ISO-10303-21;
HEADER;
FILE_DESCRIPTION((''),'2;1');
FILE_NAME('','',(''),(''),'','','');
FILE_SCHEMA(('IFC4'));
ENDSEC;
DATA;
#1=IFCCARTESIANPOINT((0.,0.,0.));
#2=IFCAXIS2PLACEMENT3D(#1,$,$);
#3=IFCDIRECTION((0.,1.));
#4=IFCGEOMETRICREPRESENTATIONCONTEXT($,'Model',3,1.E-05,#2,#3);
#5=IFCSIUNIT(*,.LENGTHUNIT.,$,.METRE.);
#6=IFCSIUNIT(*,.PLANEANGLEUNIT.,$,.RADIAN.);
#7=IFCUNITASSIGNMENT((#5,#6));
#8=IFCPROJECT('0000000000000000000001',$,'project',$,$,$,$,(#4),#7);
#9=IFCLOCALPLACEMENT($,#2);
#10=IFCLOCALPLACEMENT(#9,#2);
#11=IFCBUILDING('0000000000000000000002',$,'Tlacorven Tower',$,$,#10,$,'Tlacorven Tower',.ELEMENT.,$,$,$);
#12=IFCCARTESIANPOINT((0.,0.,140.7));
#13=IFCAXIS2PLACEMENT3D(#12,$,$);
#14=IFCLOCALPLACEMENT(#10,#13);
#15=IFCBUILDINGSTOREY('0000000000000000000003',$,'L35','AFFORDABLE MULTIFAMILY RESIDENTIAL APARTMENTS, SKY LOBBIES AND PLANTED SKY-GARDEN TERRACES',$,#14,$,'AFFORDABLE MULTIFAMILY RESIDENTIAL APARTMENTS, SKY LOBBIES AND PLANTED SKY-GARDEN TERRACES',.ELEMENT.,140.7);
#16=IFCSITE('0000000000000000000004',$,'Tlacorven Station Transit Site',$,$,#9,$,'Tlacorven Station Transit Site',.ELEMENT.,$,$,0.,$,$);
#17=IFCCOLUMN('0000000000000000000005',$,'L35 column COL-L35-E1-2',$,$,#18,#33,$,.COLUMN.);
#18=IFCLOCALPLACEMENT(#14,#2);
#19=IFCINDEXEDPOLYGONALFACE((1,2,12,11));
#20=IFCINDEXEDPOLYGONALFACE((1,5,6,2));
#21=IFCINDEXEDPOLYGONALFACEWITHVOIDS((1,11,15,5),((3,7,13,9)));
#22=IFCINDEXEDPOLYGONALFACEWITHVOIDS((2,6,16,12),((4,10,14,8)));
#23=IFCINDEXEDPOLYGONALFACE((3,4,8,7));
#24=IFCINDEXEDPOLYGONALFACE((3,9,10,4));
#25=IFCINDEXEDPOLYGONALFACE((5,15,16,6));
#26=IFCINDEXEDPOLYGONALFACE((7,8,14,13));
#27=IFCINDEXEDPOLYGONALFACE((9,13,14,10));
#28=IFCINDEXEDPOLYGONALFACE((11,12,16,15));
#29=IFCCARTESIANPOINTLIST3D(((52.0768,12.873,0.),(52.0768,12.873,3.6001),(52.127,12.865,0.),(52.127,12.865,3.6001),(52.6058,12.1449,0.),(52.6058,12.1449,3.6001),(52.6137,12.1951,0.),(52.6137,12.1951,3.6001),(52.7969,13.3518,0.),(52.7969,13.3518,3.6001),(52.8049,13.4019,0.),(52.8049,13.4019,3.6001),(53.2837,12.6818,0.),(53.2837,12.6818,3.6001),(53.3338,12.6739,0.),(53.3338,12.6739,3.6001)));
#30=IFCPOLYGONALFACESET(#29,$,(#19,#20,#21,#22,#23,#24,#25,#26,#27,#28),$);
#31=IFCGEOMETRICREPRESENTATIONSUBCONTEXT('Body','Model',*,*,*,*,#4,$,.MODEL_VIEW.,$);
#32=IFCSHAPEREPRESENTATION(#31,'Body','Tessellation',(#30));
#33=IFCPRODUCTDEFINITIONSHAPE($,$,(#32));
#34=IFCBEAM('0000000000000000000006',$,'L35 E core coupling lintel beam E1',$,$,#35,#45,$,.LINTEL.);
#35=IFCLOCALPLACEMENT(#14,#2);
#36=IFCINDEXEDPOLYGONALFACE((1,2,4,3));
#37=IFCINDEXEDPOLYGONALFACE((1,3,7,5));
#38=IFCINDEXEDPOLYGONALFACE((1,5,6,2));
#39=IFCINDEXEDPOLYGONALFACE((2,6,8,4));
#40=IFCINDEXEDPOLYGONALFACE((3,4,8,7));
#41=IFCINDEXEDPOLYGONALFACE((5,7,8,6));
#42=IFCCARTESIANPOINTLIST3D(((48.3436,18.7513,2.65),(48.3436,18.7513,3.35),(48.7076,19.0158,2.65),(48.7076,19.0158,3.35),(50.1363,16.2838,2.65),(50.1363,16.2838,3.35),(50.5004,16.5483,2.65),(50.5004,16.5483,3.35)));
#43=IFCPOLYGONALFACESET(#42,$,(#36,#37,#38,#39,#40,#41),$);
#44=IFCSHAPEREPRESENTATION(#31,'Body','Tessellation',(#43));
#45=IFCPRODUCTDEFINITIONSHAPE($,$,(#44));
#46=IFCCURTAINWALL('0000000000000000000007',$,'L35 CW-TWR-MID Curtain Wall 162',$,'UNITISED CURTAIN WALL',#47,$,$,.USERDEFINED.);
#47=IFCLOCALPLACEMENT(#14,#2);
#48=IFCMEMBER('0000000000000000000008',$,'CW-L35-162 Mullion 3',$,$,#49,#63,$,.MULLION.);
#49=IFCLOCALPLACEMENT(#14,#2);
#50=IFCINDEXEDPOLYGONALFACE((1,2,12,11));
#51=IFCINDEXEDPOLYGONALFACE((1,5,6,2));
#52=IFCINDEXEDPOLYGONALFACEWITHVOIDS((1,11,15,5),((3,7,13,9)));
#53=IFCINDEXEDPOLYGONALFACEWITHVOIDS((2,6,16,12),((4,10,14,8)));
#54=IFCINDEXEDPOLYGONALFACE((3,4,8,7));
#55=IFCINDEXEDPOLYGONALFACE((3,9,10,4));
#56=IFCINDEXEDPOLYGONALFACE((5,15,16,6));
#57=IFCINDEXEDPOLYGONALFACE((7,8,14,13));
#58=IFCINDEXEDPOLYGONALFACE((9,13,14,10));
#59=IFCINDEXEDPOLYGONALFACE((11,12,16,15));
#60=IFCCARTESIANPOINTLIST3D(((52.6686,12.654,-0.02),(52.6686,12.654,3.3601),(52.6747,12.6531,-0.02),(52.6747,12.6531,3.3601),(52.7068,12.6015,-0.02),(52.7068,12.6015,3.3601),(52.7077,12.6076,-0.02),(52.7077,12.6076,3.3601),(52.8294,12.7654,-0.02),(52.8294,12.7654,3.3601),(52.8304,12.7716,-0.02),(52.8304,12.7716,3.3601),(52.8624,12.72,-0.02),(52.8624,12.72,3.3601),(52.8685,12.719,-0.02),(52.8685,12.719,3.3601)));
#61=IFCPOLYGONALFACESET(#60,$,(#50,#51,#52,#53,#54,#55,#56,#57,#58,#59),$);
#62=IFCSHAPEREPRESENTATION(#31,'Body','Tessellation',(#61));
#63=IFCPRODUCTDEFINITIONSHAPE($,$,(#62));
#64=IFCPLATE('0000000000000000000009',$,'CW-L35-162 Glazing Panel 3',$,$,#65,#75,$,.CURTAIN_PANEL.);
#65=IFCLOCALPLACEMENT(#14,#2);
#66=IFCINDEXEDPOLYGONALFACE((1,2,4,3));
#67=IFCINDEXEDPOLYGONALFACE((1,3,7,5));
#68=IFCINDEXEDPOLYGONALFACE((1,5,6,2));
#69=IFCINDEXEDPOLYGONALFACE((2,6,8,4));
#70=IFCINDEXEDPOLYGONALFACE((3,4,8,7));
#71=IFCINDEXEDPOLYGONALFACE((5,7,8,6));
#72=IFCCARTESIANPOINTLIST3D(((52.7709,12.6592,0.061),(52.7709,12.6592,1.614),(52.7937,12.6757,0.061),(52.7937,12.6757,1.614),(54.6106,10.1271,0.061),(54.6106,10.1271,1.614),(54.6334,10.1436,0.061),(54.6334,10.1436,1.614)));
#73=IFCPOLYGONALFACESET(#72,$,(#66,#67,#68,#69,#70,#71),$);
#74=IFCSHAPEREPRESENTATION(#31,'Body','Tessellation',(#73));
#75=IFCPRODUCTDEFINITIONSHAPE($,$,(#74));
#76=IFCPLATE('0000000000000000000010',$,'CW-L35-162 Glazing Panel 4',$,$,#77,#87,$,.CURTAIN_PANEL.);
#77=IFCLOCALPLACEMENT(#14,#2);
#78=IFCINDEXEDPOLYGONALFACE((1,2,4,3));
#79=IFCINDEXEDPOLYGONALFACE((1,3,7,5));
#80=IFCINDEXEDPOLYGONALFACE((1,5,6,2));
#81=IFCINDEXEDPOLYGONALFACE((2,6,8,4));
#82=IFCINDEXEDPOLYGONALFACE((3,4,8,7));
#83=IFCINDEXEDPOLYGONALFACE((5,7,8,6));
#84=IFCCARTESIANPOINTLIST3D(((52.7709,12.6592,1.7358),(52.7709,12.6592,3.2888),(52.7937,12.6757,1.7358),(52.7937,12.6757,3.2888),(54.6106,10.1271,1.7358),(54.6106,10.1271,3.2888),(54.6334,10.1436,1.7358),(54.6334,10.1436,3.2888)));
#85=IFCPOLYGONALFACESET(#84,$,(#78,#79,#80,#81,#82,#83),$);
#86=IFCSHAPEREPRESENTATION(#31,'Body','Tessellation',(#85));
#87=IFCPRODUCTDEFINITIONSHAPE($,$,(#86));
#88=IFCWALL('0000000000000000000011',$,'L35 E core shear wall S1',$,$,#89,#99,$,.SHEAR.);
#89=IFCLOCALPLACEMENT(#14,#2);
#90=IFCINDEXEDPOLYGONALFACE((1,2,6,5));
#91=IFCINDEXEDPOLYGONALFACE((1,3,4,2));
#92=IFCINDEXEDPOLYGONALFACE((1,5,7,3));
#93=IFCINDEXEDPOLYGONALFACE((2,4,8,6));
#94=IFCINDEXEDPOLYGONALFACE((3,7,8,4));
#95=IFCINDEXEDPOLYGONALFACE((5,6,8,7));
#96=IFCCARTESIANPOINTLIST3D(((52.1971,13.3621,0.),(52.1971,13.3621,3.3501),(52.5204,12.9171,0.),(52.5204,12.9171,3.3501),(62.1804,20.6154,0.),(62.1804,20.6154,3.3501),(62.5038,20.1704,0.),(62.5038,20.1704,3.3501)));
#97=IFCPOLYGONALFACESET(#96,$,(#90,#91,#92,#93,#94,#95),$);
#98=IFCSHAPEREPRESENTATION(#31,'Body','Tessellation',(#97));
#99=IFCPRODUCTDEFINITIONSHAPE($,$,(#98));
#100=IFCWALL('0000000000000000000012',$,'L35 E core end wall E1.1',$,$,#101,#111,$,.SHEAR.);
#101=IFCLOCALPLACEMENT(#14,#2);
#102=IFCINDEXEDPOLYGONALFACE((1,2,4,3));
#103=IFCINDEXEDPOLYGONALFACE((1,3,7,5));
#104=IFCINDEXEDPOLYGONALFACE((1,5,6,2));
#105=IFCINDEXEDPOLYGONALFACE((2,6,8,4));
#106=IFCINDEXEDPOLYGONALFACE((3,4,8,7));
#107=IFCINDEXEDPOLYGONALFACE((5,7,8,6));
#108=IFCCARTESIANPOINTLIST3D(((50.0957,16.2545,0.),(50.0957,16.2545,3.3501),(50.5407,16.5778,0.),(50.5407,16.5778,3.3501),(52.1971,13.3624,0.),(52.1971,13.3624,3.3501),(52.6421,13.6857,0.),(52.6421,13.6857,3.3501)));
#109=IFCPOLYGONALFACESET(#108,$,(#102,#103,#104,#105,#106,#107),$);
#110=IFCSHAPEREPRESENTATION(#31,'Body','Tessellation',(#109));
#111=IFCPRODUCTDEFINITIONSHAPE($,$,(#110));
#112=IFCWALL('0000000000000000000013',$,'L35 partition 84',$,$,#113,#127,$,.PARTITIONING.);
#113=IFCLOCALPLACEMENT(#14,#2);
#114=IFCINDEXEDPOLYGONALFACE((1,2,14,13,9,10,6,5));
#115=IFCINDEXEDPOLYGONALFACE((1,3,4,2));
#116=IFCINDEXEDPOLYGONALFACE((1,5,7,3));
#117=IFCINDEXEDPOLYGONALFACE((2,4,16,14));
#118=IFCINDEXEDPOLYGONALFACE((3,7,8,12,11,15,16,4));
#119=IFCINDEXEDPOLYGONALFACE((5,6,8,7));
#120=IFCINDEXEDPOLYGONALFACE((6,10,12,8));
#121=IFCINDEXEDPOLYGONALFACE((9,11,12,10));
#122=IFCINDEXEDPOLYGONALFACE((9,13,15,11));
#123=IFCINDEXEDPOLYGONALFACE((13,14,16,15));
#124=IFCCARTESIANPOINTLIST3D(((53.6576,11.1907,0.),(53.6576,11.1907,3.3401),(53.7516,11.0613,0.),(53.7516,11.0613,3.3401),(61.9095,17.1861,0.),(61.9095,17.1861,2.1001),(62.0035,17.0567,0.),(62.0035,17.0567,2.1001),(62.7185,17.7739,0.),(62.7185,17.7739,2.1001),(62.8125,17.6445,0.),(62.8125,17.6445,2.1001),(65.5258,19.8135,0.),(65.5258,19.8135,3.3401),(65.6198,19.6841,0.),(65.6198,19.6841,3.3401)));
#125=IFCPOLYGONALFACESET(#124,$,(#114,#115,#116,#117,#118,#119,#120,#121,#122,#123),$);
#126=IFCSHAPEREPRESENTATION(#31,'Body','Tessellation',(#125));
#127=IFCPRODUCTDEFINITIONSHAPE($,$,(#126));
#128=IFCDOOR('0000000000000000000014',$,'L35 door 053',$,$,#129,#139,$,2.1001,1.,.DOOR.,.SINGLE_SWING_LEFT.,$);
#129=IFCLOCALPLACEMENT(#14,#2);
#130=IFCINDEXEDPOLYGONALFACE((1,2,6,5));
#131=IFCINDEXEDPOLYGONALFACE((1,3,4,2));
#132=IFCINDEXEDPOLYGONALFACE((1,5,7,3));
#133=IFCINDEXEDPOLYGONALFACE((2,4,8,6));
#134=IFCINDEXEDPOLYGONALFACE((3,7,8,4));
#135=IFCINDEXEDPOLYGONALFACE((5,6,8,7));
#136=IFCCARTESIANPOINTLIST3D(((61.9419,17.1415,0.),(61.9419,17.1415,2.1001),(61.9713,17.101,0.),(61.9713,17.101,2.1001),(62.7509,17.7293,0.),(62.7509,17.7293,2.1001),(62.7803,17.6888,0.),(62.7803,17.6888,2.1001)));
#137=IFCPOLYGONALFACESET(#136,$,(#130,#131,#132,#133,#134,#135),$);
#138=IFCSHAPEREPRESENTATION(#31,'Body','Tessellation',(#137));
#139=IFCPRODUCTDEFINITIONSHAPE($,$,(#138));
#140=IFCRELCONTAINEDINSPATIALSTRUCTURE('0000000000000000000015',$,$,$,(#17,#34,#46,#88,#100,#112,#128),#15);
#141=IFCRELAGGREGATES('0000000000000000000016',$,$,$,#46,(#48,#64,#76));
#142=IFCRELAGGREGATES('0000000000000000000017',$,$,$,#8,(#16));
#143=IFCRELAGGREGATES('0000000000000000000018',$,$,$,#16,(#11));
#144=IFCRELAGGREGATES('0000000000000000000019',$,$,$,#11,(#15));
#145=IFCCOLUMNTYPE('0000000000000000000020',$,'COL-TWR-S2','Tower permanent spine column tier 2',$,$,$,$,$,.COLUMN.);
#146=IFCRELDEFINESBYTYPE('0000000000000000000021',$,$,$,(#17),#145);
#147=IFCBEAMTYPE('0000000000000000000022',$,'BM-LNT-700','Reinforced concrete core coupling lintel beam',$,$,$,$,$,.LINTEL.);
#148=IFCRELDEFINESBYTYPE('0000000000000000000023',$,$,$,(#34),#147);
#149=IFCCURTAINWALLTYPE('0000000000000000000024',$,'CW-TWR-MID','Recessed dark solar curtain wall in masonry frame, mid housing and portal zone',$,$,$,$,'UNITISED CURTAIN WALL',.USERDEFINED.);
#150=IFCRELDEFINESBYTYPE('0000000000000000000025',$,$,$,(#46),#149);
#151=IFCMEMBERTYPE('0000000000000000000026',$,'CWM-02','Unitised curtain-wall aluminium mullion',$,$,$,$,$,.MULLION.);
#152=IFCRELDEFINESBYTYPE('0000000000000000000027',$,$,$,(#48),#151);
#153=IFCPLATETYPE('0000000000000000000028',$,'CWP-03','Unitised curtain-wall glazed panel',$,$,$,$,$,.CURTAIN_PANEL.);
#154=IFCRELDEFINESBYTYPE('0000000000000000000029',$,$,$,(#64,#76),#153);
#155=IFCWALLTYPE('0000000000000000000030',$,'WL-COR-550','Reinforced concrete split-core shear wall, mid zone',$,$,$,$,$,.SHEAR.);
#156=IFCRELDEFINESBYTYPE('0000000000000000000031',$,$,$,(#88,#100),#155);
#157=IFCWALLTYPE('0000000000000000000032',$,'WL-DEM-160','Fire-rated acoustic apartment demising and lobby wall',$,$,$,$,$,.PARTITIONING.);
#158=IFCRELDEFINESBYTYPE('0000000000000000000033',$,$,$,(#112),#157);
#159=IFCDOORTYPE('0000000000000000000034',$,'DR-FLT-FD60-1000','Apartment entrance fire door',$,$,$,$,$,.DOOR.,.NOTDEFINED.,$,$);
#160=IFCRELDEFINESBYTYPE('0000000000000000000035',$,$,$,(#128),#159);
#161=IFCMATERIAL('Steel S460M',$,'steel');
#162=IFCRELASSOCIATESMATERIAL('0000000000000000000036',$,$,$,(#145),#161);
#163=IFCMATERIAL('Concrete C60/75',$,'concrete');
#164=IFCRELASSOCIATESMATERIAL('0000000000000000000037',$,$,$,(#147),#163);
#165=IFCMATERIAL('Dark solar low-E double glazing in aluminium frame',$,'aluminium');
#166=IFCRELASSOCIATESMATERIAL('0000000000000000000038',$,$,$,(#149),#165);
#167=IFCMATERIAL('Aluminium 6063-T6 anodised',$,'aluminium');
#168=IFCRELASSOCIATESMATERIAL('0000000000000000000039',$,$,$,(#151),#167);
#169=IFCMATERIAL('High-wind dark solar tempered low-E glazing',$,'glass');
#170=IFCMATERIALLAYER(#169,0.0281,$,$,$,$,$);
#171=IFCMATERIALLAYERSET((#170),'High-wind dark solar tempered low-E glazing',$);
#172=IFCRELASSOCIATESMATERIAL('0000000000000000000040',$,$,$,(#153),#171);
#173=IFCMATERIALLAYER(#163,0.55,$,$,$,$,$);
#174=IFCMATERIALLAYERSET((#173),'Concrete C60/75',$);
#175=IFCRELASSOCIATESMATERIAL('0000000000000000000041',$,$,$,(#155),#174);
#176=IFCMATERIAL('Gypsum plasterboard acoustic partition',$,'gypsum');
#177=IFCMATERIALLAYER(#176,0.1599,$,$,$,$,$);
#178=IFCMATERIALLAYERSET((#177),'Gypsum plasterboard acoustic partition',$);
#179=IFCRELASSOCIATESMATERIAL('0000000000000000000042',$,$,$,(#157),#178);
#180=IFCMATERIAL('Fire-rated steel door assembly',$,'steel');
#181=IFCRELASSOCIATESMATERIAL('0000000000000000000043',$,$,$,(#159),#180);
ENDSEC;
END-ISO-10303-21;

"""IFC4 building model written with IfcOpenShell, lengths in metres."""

from ifc_helpers import new_model, si_unit, direction, frame, frame_2d, origin, origin_2d, place, context, subcontext, project, spatial, rectangle, hollow_rectangle, extrude, source, transform, mapped, material, layer, layer_set, material_profile, profile_set, type_object, element, fill, aggregate, save


model = new_model("IFC4")

# Units and contexts
model_context = context("Model", 3, precision=1e-05, world=origin(), true_north=direction((0.0, 1.0)))
body_context = subcontext(model_context, "Body", "Model", "MODEL_VIEW")
ifc_project = project(units=[si_unit("LENGTHUNIT", "METRE"), si_unit("PLANEANGLEUNIT", "RADIAN")], contexts=[model_context])

# Site, building, storey
site_placement = place(None, origin())
site = spatial("IfcSite", under=ifc_project, at=site_placement, Name="Tlacorven Station Transit Site", LongName="Tlacorven Station Transit Site", CompositionType="ELEMENT", RefElevation=0.0)
building_placement = place(site_placement, origin())
building = spatial("IfcBuilding", under=site, at=building_placement, Name="Tlacorven Tower", LongName="Tlacorven Tower", CompositionType="ELEMENT")
storey_placement = place(building_placement, frame((0.0, 0.0, 140.7)))
storey = spatial("IfcBuildingStorey", under=building, at=storey_placement, Name="L35", Description="AFFORDABLE MULTIFAMILY RESIDENTIAL APARTMENTS, SKY LOBBIES AND PLANTED SKY-GARDEN TERRACES", LongName="AFFORDABLE MULTIFAMILY RESIDENTIAL APARTMENTS, SKY LOBBIES AND PLANTED SKY-GARDEN TERRACES", CompositionType="ELEMENT", Elevation=140.7)

# Column
ifc_material_1 = material(Name="Steel S460M", Category="steel")
ifc_material_profile_1 = material_profile(ifc_material_1, hollow_rectangle(XDim=0.8999, YDim=0.8999, WallThickness=0.0359, at=origin_2d()), Name="BOX 900X900X36")
ifc_profile_set_1 = profile_set([ifc_material_profile_1], Name="Steel S460M")
column_type = type_object("IfcColumnType", Name="COL-TWR-S2", Description="Tower permanent spine column tier 2", PredefinedType="COLUMN", material=ifc_profile_set_1)
shared_shape_1 = source(origin(), body_context, "Body", "SweptSolid", [
    extrude(hollow_rectangle(XDim=0.8999, YDim=0.8999, WallThickness=0.0359, at=origin_2d()), origin(), (0.0, 0.0, 1.0), 3.6001),
])
column_placement = place(storey_placement, frame((52.7053, 12.7734, 0.0), z_axis=(0.0, 0.0, 1.0), x_axis=(0.809017, 0.587785, 0.0)))
element("IfcColumn", 1, at=column_placement, inside=storey, type_object=column_type, Name="L35 column COL-L35-E1-2", PredefinedType="COLUMN", context=body_context, shape_type="MappedRepresentation", body=[
    mapped(shared_shape_1, transform((0.0, 0.0, 0.0), scale=1.0)),
])

# Beam
ifc_material_2 = material(Name="Concrete C60/75", Category="concrete")
ifc_material_profile_2 = material_profile(ifc_material_2, rectangle(XDim=0.45, YDim=0.7, at=origin_2d()), Name="RC 450X700")
ifc_profile_set_2 = profile_set([ifc_material_profile_2], Name="Concrete C60/75")
beam_type = type_object("IfcBeamType", Name="BM-LNT-700", Description="Reinforced concrete core coupling lintel beam", PredefinedType="LINTEL", material=ifc_profile_set_2)
shared_shape_2 = source(origin(), body_context, "Body", "SweptSolid", [
    extrude(rectangle(XDim=0.45, YDim=0.7, at=origin_2d()), origin(), (0.0, 0.0, 1.0), 3.05),
])
beam_placement = place(storey_placement, frame((50.3184, 16.416, 3.0), z_axis=(-0.587777, 0.809023, 0.0), x_axis=(-0.809023, -0.587777, 0.0)))
element("IfcBeam", 2, at=beam_placement, inside=storey, type_object=beam_type, Name="L35 E core coupling lintel beam E1", PredefinedType="LINTEL", context=body_context, shape_type="MappedRepresentation", body=[
    mapped(shared_shape_2, transform((0.0, 0.0, 0.0), scale=1.0)),
])

# Curtain wall, member, plates
ifc_material_3 = material(Name="Dark solar low-E double glazing in aluminium frame", Category="aluminium")
curtain_wall_type = type_object("IfcCurtainWallType", Name="CW-TWR-MID", Description="Recessed dark solar curtain wall in masonry frame, mid housing and portal zone", ElementType="UNITISED CURTAIN WALL", PredefinedType="USERDEFINED", material=ifc_material_3)
curtain_wall_placement = place(storey_placement, origin())
curtain_wall = element("IfcCurtainWall", 3, at=curtain_wall_placement, inside=storey, type_object=curtain_wall_type, Name="L35 CW-TWR-MID Curtain Wall 162", ObjectType="UNITISED CURTAIN WALL", PredefinedType="USERDEFINED")
ifc_material_4 = material(Name="Aluminium 6063-T6 anodised", Category="aluminium")
ifc_material_profile_3 = material_profile(ifc_material_4, hollow_rectangle(XDim=0.0649, YDim=0.2, WallThickness=0.0044, at=origin_2d()), Name="ALU MULLION 65X200")
ifc_profile_set_3 = profile_set([ifc_material_profile_3], Name="Aluminium 6063-T6 anodised")
member_type = type_object("IfcMemberType", Name="CWM-02", Description="Unitised curtain-wall aluminium mullion", PredefinedType="MULLION", material=ifc_profile_set_3)
shared_shape_3 = source(origin(), body_context, "Body", "SweptSolid", [
    extrude(hollow_rectangle(XDim=0.0649, YDim=0.2, WallThickness=0.0044, at=origin_2d()), origin(), (0.0, 0.0, 1.0), 3.3801),
])
member_placement = place(storey_placement, frame((52.7686, 12.6865, -0.02), z_axis=(0.0, 0.0, 1.0), x_axis=(-0.587785, 0.809017, 0.0)))
member = element("IfcMember", 4, at=member_placement, type_object=member_type, Name="CW-L35-162 Mullion 3", PredefinedType="MULLION", context=body_context, shape_type="MappedRepresentation", body=[
    mapped(shared_shape_3, transform((0.0, 0.0, 0.0), scale=1.0)),
])
ifc_material_5 = material(Name="High-wind dark solar tempered low-E glazing", Category="glass")
ifc_layer_1 = layer(ifc_material_5, 0.0281)
ifc_layer_set_1 = layer_set([ifc_layer_1], Name="High-wind dark solar tempered low-E glazing")
plate_type = type_object("IfcPlateType", Name="CWP-03", Description="Unitised curtain-wall glazed panel", PredefinedType="CURTAIN_PANEL", material=ifc_layer_set_1)
shared_shape_4 = source(origin(), body_context, "Body", "SweptSolid", [
    extrude(rectangle(XDim=3.1299, YDim=0.0281, at=origin_2d()), origin(), (0.0, 0.0, 1.0), 1.553),
])
plate_1_placement = place(storey_placement, frame((53.7021, 11.4014, 0.061), z_axis=(0.0, 0.0, 1.0), x_axis=(-0.587785, 0.809017, 0.0)))
plate_1 = element("IfcPlate", 5, at=plate_1_placement, type_object=plate_type, Name="CW-L35-162 Glazing Panel 3", PredefinedType="CURTAIN_PANEL", context=body_context, shape_type="MappedRepresentation", body=[
    mapped(shared_shape_4, transform((0.0, 0.0, 0.0), scale=1.0)),
])
plate_2_placement = place(storey_placement, frame((53.7021, 11.4014, 1.7358), z_axis=(0.0, 0.0, 1.0), x_axis=(-0.587785, 0.809017, 0.0)))
plate_2 = element("IfcPlate", 6, at=plate_2_placement, type_object=plate_type, Name="CW-L35-162 Glazing Panel 4", PredefinedType="CURTAIN_PANEL", context=body_context, shape_type="MappedRepresentation", body=[
    mapped(shared_shape_4, transform((0.0, 0.0, 0.0), scale=1.0)),
])
aggregate(curtain_wall, [member, plate_1, plate_2])

# Walls
ifc_layer_2 = layer(ifc_material_2, 0.55)
ifc_layer_set_2 = layer_set([ifc_layer_2], Name="Concrete C60/75")
wall_type_1 = type_object("IfcWallType", Name="WL-COR-550", Description="Reinforced concrete split-core shear wall, mid zone", PredefinedType="SHEAR", material=ifc_layer_set_2)
wall_1_placement = place(storey_placement, frame((52.3589, 13.1396, 0.0), z_axis=(0.0, 0.0, 1.0), x_axis=(0.809015, 0.587788, 0.0)))
element("IfcWall", 7, at=wall_1_placement, inside=storey, type_object=wall_type_1, Name="L35 E core shear wall S1", PredefinedType="SHEAR", context=body_context, shape_type="SweptSolid", body=[
    extrude(rectangle(XDim=12.3401, YDim=0.55, at=frame_2d((6.1699, 0.0))), origin(), (0.0, 0.0, 1.0), 3.3501),
])
wall_2_placement = place(storey_placement, frame((52.4197, 13.5239, 0.0), z_axis=(0.0, 0.0, 1.0), x_axis=(-0.587802, 0.809005, 0.0)))
element("IfcWall", 8, at=wall_2_placement, inside=storey, type_object=wall_type_1, Name="L35 E core end wall E1.1", PredefinedType="SHEAR", context=body_context, shape_type="SweptSolid", body=[
    extrude(rectangle(XDim=3.575, YDim=0.55, at=frame_2d((1.7876, 0.0))), origin(), (0.0, 0.0, 1.0), 3.3501),
])

# Wall, opening, door
ifc_material_6 = material(Name="Gypsum plasterboard acoustic partition", Category="gypsum")
ifc_layer_3 = layer(ifc_material_6, 0.1599)
ifc_layer_set_3 = layer_set([ifc_layer_3], Name="Gypsum plasterboard acoustic partition")
wall_type_2 = type_object("IfcWallType", Name="WL-DEM-160", Description="Fire-rated acoustic apartment demising and lobby wall", PredefinedType="PARTITIONING", material=ifc_layer_set_3)
wall_3_placement = place(storey_placement, frame((53.7046, 11.126, 0.0), z_axis=(0.0, 0.0, 1.0), x_axis=(0.809015, 0.587789, 0.0)))
wall_3 = element("IfcWall", 9, at=wall_3_placement, inside=storey, type_object=wall_type_2, Name="L35 partition 84", PredefinedType="PARTITIONING", context=body_context, shape_type="SweptSolid", body=[
    extrude(rectangle(XDim=14.6699, YDim=0.1599, at=frame_2d((7.335, 0.0))), origin(), (0.0, 0.0, 1.0), 3.3401),
])
opening_1_placement = place(wall_3_placement, frame((10.2, 0.0, 0.0)))
opening_1 = element("IfcOpeningElement", 10, at=opening_1_placement, cuts=wall_3, PredefinedType="OPENING", context=body_context, shape_type="SweptSolid", body=[
    extrude(rectangle(XDim=1.0, YDim=2.1001, at=frame_2d((0.5, 1.05))), frame((0.0, 0.0898, 0.0), z_axis=(0.0, -1.0, 0.0), x_axis=(1.0, 0.0, 0.0)), (0.0, 0.0, 1.0), 0.1799),
])
ifc_material_7 = material(Name="Fire-rated steel door assembly", Category="steel")
door_type_1 = type_object("IfcDoorType", Name="DR-FLT-FD60-1000", Description="Apartment entrance fire door", OperationType="NOTDEFINED", PredefinedType="DOOR", material=ifc_material_7)
shared_shape_5 = source(origin(), body_context, "Body", "SweptSolid", [
    extrude(rectangle(XDim=1.0, YDim=2.1001, at=frame_2d((0.5, 1.05))), frame((0.0, 0.0249, 0.0), z_axis=(0.0, -1.0, 0.0), x_axis=(1.0, 0.0, 0.0)), (0.0, 0.0, 1.0), 0.05),
])
door_1_placement = place(opening_1_placement, origin())
door_1 = element("IfcDoor", 11, at=door_1_placement, inside=storey, type_object=door_type_1, Name="L35 door 053", OperationType="SINGLE_SWING_LEFT", OverallHeight=2.1001, OverallWidth=1.0, PredefinedType="DOOR", context=body_context, shape_type="MappedRepresentation", body=[
    mapped(shared_shape_5, transform((0.0, 0.0, 0.0), scale=1.0)),
])
fill(opening_1, door_1)

save(model, "model.ifc")
